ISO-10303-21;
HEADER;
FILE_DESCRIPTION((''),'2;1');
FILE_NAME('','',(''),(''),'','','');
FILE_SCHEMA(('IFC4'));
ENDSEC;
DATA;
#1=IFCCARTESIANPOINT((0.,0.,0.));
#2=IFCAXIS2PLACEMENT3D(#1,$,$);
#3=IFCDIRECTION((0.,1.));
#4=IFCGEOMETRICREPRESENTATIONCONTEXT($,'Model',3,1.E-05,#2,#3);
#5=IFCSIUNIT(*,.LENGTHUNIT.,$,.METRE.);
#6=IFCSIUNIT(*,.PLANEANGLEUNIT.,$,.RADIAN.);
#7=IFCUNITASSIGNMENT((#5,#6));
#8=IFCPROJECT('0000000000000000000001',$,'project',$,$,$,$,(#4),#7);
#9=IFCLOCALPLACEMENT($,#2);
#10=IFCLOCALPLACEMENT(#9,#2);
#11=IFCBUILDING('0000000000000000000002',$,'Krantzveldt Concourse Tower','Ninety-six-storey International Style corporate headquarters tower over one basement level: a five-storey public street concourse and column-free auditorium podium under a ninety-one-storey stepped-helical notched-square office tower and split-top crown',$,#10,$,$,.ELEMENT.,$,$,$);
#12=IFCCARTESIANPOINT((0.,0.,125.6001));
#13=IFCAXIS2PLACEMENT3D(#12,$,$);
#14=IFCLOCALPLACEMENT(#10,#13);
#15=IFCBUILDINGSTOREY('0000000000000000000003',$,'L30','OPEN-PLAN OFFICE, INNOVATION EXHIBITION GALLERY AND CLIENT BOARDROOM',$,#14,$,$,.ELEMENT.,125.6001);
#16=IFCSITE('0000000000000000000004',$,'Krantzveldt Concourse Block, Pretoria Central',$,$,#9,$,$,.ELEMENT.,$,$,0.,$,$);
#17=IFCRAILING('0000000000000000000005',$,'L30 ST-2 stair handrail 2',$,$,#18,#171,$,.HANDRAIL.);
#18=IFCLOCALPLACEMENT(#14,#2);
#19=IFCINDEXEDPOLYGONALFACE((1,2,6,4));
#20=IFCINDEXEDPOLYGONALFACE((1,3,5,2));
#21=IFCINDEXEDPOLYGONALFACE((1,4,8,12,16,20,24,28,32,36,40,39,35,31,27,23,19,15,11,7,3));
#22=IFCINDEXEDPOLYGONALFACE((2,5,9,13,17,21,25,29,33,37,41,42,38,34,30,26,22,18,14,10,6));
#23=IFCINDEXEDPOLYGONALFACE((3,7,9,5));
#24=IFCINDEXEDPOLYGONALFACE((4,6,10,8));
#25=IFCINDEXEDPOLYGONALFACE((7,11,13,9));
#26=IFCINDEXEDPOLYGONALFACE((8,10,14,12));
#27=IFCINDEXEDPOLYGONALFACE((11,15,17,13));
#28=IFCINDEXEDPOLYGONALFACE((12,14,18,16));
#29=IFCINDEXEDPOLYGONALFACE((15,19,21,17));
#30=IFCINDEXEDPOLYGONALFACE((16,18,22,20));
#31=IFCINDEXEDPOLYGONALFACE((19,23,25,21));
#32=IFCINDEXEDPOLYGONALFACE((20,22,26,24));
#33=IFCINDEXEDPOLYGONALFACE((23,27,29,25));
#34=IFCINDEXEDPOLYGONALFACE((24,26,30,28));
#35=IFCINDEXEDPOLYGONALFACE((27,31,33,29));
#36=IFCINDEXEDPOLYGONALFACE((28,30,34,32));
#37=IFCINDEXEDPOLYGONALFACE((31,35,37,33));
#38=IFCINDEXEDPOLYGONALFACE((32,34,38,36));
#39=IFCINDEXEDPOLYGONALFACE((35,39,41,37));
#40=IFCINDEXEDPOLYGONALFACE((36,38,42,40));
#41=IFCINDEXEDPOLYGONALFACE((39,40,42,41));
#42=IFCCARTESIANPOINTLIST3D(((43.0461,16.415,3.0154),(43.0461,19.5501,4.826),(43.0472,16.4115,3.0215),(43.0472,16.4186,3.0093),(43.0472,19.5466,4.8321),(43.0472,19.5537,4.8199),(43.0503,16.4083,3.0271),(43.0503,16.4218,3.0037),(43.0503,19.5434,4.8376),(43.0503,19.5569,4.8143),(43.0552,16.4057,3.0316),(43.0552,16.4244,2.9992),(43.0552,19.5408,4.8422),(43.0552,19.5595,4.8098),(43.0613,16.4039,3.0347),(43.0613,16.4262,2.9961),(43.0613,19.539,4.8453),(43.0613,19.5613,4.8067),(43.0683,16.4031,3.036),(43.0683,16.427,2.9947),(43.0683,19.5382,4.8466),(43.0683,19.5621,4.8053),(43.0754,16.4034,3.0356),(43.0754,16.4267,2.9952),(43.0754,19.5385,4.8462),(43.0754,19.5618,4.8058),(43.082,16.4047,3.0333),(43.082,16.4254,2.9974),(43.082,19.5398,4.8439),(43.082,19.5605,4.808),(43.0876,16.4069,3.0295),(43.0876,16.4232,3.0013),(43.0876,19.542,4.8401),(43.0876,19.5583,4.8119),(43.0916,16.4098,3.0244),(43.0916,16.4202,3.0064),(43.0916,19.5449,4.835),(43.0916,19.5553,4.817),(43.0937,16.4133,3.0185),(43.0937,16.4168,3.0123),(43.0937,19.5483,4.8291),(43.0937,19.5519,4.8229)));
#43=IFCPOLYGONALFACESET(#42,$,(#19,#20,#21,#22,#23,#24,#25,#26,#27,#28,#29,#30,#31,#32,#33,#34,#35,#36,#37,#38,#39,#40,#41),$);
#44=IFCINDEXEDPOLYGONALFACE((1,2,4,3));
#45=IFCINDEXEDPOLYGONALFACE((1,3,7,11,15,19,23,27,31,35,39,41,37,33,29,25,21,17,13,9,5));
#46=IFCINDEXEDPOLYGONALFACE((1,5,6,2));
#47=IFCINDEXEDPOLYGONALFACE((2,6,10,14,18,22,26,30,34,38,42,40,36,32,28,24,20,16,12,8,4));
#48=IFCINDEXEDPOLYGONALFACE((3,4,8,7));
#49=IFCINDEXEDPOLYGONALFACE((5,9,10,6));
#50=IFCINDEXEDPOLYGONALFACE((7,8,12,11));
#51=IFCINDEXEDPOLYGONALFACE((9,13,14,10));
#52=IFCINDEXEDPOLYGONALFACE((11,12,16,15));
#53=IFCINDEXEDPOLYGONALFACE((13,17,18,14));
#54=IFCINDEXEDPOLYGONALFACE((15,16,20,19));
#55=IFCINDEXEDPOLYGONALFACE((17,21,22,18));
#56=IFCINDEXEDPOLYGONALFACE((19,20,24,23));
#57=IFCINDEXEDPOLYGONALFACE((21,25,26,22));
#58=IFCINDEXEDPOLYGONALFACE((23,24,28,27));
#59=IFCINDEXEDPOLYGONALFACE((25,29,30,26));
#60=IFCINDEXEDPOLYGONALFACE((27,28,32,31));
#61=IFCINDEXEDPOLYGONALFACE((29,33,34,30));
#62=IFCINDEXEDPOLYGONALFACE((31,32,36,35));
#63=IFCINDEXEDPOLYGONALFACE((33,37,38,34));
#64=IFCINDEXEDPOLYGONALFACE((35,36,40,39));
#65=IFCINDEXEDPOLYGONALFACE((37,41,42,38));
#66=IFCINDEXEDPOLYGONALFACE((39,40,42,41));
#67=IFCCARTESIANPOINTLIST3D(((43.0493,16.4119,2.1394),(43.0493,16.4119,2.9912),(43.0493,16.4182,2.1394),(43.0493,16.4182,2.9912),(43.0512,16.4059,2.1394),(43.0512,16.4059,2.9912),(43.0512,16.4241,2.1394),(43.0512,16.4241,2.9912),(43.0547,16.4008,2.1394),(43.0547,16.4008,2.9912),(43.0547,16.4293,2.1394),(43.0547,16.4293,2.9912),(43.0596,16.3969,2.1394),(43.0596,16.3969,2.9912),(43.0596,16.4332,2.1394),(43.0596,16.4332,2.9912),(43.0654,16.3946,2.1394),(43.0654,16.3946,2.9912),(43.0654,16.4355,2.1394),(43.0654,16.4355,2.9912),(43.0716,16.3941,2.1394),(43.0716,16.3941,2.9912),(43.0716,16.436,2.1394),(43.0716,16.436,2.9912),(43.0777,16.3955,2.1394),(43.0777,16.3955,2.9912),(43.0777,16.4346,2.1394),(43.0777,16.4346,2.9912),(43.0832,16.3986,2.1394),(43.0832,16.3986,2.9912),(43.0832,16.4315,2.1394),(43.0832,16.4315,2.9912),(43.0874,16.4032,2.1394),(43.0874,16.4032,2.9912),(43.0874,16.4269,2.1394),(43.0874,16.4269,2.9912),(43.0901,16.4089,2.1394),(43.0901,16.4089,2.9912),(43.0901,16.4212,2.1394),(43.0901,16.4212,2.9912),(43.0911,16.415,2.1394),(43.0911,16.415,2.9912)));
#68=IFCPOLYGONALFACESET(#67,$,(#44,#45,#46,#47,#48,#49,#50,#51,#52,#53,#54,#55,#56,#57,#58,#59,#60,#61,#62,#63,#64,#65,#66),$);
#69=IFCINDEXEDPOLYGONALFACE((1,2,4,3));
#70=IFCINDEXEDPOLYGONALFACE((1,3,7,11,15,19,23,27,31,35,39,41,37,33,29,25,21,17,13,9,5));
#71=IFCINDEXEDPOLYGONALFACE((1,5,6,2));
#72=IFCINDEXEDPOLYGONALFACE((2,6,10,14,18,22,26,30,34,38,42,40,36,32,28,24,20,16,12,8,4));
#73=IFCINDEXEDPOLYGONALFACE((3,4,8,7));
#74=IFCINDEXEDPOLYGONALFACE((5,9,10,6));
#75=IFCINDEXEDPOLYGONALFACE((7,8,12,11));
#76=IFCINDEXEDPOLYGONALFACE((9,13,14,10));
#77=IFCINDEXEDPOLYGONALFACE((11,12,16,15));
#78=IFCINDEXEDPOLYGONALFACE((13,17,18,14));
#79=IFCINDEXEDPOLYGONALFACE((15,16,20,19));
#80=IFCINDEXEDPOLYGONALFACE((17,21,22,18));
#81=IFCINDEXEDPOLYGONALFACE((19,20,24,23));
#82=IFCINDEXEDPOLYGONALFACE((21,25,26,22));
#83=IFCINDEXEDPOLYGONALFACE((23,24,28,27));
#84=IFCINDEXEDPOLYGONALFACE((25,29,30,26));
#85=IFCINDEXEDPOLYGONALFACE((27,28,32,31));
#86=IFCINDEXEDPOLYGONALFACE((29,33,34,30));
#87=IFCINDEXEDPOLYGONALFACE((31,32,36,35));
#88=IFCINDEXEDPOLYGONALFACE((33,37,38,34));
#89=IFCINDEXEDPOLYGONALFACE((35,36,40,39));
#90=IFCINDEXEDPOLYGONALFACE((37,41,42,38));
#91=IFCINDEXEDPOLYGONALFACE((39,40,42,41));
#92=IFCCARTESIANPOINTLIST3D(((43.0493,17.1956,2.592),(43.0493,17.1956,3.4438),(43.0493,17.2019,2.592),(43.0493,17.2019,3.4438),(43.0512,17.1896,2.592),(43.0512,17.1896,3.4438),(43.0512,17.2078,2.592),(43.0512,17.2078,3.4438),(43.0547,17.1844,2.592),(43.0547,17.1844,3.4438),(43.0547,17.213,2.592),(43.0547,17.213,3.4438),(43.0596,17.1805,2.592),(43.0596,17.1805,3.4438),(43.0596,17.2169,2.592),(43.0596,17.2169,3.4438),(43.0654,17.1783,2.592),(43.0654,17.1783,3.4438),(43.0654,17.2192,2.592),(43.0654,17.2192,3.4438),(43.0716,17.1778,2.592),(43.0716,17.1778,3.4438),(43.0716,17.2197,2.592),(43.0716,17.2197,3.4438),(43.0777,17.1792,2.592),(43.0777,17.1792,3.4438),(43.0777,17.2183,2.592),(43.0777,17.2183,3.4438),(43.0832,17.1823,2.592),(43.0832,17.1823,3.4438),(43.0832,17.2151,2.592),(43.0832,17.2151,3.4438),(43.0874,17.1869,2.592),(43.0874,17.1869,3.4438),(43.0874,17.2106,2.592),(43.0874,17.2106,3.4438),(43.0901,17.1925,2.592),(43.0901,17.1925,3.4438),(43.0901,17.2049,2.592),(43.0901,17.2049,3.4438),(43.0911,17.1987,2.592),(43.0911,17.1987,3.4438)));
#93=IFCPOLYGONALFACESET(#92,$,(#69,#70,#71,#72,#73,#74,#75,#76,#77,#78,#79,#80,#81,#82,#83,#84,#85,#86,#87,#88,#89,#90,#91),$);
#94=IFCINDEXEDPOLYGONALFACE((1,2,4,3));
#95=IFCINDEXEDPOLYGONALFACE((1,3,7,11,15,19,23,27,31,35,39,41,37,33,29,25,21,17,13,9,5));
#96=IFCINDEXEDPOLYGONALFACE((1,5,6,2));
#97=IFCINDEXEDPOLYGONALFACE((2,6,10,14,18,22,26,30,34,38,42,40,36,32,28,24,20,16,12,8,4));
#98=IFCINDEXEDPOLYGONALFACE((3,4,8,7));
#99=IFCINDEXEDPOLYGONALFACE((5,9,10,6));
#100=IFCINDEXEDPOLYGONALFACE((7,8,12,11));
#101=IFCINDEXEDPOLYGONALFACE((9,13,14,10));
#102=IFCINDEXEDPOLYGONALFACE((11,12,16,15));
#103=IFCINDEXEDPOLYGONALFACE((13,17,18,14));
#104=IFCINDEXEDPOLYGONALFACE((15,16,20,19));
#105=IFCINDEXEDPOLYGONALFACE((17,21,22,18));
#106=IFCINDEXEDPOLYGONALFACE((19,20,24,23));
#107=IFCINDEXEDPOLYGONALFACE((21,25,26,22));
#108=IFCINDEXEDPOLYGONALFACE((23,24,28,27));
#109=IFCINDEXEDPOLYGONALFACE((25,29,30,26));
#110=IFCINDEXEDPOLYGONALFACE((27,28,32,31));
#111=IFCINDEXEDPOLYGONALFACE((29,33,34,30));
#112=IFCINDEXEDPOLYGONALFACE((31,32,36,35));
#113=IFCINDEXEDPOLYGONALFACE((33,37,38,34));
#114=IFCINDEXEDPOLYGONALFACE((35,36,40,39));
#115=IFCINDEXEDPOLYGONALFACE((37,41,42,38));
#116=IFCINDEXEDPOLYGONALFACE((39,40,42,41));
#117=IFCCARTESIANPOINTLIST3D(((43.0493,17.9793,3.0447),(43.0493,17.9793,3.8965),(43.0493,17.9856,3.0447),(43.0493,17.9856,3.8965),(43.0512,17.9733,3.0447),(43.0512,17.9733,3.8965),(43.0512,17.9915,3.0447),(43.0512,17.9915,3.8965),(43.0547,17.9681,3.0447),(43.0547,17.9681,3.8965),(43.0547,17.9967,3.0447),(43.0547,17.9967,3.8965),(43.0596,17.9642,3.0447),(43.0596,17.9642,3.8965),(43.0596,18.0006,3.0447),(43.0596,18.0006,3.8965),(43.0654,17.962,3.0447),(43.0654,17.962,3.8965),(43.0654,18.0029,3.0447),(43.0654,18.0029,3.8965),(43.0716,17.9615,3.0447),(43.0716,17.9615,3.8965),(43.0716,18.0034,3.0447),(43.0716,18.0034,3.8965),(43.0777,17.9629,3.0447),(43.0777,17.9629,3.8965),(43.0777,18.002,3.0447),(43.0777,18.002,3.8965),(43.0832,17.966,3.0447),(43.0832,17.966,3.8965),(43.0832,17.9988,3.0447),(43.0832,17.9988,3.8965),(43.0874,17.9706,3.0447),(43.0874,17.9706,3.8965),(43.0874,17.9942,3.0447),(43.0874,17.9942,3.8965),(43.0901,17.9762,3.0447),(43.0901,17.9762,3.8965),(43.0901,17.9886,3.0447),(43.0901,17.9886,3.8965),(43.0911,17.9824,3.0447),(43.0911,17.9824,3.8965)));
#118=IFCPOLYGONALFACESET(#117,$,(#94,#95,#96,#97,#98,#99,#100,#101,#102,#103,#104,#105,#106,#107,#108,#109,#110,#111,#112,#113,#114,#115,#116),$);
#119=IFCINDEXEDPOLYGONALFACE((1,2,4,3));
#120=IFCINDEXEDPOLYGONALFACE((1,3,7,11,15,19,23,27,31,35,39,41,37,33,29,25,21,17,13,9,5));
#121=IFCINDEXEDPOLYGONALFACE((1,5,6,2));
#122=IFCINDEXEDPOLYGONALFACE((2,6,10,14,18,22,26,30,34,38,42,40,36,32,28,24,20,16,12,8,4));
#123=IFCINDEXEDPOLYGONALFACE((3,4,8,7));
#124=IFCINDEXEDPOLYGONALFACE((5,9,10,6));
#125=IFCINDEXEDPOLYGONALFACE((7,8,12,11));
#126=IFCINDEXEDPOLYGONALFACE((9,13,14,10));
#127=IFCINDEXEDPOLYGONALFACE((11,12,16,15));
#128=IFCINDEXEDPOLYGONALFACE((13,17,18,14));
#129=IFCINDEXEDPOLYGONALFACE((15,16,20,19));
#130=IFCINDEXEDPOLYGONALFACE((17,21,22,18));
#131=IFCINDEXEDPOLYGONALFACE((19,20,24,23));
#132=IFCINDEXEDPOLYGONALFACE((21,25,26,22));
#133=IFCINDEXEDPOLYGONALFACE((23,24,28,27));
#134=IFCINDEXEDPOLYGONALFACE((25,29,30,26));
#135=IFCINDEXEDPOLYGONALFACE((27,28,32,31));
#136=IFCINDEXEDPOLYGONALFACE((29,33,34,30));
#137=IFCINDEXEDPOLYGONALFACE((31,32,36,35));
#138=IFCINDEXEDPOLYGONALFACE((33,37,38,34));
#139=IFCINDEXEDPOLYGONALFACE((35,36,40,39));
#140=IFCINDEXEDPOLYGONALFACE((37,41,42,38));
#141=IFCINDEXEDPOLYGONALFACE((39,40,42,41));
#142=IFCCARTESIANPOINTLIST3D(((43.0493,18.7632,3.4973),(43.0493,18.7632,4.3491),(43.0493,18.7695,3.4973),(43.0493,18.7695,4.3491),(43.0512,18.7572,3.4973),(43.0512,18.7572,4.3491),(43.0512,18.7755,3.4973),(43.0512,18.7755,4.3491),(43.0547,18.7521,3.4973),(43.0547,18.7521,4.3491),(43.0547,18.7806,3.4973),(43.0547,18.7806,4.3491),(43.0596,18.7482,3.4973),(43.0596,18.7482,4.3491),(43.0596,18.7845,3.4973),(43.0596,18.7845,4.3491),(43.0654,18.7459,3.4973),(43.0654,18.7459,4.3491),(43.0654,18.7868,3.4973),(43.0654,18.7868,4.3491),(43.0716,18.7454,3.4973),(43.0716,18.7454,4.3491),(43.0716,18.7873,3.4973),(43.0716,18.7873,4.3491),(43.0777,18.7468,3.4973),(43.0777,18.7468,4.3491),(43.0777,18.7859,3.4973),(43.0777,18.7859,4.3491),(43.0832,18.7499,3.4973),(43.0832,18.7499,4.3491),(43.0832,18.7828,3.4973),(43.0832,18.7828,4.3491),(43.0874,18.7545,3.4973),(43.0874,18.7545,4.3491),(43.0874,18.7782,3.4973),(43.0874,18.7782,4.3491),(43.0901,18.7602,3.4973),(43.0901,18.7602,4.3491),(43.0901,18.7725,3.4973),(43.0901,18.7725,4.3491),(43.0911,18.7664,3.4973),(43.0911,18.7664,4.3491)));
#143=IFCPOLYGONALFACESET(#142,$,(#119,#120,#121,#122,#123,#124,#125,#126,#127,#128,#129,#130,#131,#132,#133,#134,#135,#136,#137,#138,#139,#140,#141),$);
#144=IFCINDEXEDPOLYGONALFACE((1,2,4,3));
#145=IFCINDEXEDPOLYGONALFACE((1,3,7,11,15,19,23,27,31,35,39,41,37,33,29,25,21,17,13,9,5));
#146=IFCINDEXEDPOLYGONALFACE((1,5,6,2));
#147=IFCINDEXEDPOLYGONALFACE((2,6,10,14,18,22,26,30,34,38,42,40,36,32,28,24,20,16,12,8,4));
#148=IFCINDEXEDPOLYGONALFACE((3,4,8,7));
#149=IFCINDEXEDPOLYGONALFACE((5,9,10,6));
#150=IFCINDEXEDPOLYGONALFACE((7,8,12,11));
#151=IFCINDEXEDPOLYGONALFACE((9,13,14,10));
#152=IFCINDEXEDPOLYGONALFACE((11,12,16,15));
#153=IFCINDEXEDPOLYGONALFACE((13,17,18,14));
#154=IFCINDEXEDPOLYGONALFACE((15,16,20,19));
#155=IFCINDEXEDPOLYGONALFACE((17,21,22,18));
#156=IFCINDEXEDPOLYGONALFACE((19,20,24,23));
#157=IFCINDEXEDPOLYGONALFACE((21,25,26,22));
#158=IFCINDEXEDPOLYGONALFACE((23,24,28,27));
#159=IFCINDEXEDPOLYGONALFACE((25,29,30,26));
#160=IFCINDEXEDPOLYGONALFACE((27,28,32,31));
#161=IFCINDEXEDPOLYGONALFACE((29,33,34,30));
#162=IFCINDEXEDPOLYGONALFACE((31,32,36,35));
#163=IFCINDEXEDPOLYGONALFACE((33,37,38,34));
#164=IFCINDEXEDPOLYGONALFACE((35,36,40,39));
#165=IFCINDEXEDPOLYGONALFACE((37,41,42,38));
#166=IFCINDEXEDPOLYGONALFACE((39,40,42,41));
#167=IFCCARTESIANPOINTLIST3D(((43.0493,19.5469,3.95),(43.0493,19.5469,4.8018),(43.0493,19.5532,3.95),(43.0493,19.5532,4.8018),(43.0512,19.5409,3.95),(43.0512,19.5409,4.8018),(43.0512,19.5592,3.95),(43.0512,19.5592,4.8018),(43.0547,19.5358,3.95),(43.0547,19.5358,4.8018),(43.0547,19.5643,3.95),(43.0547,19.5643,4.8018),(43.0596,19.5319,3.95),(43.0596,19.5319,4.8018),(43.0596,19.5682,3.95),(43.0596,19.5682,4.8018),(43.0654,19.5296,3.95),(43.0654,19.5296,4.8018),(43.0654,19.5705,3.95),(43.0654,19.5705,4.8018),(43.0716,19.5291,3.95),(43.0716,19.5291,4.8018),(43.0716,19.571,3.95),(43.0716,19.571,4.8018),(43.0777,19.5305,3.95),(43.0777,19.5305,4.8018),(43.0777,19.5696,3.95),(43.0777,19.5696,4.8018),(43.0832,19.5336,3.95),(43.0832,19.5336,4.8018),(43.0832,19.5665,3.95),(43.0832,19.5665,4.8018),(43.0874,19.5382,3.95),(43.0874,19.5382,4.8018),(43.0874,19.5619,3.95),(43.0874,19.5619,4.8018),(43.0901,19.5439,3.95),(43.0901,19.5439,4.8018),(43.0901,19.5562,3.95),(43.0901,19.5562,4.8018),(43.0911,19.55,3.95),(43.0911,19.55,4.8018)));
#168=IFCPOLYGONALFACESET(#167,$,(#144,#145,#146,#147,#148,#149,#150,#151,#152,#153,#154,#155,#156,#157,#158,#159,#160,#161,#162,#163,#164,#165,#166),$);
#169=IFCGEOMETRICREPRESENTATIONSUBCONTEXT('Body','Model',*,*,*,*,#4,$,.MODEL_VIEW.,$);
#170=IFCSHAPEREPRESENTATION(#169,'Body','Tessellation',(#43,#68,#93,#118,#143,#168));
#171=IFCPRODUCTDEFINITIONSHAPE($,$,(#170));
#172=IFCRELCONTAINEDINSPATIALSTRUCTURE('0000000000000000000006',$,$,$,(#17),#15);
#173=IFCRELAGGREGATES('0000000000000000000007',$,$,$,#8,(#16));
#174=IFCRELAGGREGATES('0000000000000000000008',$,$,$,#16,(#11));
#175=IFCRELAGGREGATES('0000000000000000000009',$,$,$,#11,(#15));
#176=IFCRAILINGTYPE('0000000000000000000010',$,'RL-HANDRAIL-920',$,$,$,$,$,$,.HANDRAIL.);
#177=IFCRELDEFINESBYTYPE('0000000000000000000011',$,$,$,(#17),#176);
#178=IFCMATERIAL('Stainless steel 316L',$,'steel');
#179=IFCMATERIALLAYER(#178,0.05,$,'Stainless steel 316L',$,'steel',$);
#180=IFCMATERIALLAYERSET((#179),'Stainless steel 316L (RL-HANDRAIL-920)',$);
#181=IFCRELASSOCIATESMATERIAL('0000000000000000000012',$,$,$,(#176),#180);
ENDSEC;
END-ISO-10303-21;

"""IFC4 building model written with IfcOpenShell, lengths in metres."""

from ifc_helpers import new_model, si_unit, direction, frame, origin, origin_2d, place, context, subcontext, project, spatial, circle, extrude, material, layer, layer_set, type_object, element, save


model = new_model("IFC4")

# Units and contexts
model_context = context("Model", 3, precision=1e-05, world=origin(), true_north=direction((0.0, 1.0)))
body_context = subcontext(model_context, "Body", "Model", "MODEL_VIEW")
ifc_project = project(units=[si_unit("LENGTHUNIT", "METRE"), si_unit("PLANEANGLEUNIT", "RADIAN")], contexts=[model_context])

# Site, building, storey
site_placement = place(None, origin())
site = spatial("IfcSite", under=ifc_project, at=site_placement, Name="Krantzveldt Concourse Block, Pretoria Central", CompositionType="ELEMENT", RefElevation=0.0)
building_placement = place(site_placement, origin())
building = spatial("IfcBuilding", under=site, at=building_placement, Name="Krantzveldt Concourse Tower", Description="Ninety-six-storey International Style corporate headquarters tower over one basement level: a five-storey public street concourse and column-free auditorium podium under a ninety-one-storey stepped-helical notched-square office tower and split-top crown", CompositionType="ELEMENT")
storey_placement = place(building_placement, frame((0.0, 0.0, 125.6001)))
storey = spatial("IfcBuildingStorey", under=building, at=storey_placement, Name="L30", Description="OPEN-PLAN OFFICE, INNOVATION EXHIBITION GALLERY AND CLIENT BOARDROOM", CompositionType="ELEMENT", Elevation=125.6001)

# Shared definitions
ifc_material_1 = material(Name="Stainless steel 316L", Category="steel")

# Railing
ifc_layer_1 = layer(ifc_material_1, 0.05, Name="Stainless steel 316L", Category="steel")
ifc_layer_set_1 = layer_set([ifc_layer_1], Name="Stainless steel 316L (RL-HANDRAIL-920)")
railing_type_1 = type_object("IfcRailingType", Name="RL-HANDRAIL-920", PredefinedType="HANDRAIL", material=ifc_layer_set_1)
railing_1_placement = place(storey_placement, frame((43.0701, 16.415, 2.1394)))
element("IfcRailing", 1, at=railing_1_placement, inside=storey, type_object=railing_type_1, Name="L30 ST-2 stair handrail 2", PredefinedType="HANDRAIL", context=body_context, shape_type="SweptSolid", body=[
    extrude(circle(Radius=0.0239, at=origin_2d()), frame((0.0, 0.0, 0.876), z_axis=(0.0, 0.86596, 0.500114), x_axis=(-1.0, 0.0, 0.0)), (0.0, 0.0, 1.0), 3.6204),
    extrude(circle(Radius=0.021, at=origin_2d()), origin(), (0.0, 0.0, 1.0), 0.8518),
    extrude(circle(Radius=0.021, at=origin_2d()), frame((0.0, 0.7837, 0.4526)), (0.0, 0.0, 1.0), 0.8518),
    extrude(circle(Radius=0.021, at=origin_2d()), frame((0.0, 1.5674, 0.9053)), (0.0, 0.0, 1.0), 0.8518),
    extrude(circle(Radius=0.021, at=origin_2d()), frame((0.0, 2.3513, 1.3579)), (0.0, 0.0, 1.0), 0.8518),
    extrude(circle(Radius=0.021, at=origin_2d()), frame((0.0, 3.135, 1.8105)), (0.0, 0.0, 1.0), 0.8518),
])

save(model, "model.ifc")
